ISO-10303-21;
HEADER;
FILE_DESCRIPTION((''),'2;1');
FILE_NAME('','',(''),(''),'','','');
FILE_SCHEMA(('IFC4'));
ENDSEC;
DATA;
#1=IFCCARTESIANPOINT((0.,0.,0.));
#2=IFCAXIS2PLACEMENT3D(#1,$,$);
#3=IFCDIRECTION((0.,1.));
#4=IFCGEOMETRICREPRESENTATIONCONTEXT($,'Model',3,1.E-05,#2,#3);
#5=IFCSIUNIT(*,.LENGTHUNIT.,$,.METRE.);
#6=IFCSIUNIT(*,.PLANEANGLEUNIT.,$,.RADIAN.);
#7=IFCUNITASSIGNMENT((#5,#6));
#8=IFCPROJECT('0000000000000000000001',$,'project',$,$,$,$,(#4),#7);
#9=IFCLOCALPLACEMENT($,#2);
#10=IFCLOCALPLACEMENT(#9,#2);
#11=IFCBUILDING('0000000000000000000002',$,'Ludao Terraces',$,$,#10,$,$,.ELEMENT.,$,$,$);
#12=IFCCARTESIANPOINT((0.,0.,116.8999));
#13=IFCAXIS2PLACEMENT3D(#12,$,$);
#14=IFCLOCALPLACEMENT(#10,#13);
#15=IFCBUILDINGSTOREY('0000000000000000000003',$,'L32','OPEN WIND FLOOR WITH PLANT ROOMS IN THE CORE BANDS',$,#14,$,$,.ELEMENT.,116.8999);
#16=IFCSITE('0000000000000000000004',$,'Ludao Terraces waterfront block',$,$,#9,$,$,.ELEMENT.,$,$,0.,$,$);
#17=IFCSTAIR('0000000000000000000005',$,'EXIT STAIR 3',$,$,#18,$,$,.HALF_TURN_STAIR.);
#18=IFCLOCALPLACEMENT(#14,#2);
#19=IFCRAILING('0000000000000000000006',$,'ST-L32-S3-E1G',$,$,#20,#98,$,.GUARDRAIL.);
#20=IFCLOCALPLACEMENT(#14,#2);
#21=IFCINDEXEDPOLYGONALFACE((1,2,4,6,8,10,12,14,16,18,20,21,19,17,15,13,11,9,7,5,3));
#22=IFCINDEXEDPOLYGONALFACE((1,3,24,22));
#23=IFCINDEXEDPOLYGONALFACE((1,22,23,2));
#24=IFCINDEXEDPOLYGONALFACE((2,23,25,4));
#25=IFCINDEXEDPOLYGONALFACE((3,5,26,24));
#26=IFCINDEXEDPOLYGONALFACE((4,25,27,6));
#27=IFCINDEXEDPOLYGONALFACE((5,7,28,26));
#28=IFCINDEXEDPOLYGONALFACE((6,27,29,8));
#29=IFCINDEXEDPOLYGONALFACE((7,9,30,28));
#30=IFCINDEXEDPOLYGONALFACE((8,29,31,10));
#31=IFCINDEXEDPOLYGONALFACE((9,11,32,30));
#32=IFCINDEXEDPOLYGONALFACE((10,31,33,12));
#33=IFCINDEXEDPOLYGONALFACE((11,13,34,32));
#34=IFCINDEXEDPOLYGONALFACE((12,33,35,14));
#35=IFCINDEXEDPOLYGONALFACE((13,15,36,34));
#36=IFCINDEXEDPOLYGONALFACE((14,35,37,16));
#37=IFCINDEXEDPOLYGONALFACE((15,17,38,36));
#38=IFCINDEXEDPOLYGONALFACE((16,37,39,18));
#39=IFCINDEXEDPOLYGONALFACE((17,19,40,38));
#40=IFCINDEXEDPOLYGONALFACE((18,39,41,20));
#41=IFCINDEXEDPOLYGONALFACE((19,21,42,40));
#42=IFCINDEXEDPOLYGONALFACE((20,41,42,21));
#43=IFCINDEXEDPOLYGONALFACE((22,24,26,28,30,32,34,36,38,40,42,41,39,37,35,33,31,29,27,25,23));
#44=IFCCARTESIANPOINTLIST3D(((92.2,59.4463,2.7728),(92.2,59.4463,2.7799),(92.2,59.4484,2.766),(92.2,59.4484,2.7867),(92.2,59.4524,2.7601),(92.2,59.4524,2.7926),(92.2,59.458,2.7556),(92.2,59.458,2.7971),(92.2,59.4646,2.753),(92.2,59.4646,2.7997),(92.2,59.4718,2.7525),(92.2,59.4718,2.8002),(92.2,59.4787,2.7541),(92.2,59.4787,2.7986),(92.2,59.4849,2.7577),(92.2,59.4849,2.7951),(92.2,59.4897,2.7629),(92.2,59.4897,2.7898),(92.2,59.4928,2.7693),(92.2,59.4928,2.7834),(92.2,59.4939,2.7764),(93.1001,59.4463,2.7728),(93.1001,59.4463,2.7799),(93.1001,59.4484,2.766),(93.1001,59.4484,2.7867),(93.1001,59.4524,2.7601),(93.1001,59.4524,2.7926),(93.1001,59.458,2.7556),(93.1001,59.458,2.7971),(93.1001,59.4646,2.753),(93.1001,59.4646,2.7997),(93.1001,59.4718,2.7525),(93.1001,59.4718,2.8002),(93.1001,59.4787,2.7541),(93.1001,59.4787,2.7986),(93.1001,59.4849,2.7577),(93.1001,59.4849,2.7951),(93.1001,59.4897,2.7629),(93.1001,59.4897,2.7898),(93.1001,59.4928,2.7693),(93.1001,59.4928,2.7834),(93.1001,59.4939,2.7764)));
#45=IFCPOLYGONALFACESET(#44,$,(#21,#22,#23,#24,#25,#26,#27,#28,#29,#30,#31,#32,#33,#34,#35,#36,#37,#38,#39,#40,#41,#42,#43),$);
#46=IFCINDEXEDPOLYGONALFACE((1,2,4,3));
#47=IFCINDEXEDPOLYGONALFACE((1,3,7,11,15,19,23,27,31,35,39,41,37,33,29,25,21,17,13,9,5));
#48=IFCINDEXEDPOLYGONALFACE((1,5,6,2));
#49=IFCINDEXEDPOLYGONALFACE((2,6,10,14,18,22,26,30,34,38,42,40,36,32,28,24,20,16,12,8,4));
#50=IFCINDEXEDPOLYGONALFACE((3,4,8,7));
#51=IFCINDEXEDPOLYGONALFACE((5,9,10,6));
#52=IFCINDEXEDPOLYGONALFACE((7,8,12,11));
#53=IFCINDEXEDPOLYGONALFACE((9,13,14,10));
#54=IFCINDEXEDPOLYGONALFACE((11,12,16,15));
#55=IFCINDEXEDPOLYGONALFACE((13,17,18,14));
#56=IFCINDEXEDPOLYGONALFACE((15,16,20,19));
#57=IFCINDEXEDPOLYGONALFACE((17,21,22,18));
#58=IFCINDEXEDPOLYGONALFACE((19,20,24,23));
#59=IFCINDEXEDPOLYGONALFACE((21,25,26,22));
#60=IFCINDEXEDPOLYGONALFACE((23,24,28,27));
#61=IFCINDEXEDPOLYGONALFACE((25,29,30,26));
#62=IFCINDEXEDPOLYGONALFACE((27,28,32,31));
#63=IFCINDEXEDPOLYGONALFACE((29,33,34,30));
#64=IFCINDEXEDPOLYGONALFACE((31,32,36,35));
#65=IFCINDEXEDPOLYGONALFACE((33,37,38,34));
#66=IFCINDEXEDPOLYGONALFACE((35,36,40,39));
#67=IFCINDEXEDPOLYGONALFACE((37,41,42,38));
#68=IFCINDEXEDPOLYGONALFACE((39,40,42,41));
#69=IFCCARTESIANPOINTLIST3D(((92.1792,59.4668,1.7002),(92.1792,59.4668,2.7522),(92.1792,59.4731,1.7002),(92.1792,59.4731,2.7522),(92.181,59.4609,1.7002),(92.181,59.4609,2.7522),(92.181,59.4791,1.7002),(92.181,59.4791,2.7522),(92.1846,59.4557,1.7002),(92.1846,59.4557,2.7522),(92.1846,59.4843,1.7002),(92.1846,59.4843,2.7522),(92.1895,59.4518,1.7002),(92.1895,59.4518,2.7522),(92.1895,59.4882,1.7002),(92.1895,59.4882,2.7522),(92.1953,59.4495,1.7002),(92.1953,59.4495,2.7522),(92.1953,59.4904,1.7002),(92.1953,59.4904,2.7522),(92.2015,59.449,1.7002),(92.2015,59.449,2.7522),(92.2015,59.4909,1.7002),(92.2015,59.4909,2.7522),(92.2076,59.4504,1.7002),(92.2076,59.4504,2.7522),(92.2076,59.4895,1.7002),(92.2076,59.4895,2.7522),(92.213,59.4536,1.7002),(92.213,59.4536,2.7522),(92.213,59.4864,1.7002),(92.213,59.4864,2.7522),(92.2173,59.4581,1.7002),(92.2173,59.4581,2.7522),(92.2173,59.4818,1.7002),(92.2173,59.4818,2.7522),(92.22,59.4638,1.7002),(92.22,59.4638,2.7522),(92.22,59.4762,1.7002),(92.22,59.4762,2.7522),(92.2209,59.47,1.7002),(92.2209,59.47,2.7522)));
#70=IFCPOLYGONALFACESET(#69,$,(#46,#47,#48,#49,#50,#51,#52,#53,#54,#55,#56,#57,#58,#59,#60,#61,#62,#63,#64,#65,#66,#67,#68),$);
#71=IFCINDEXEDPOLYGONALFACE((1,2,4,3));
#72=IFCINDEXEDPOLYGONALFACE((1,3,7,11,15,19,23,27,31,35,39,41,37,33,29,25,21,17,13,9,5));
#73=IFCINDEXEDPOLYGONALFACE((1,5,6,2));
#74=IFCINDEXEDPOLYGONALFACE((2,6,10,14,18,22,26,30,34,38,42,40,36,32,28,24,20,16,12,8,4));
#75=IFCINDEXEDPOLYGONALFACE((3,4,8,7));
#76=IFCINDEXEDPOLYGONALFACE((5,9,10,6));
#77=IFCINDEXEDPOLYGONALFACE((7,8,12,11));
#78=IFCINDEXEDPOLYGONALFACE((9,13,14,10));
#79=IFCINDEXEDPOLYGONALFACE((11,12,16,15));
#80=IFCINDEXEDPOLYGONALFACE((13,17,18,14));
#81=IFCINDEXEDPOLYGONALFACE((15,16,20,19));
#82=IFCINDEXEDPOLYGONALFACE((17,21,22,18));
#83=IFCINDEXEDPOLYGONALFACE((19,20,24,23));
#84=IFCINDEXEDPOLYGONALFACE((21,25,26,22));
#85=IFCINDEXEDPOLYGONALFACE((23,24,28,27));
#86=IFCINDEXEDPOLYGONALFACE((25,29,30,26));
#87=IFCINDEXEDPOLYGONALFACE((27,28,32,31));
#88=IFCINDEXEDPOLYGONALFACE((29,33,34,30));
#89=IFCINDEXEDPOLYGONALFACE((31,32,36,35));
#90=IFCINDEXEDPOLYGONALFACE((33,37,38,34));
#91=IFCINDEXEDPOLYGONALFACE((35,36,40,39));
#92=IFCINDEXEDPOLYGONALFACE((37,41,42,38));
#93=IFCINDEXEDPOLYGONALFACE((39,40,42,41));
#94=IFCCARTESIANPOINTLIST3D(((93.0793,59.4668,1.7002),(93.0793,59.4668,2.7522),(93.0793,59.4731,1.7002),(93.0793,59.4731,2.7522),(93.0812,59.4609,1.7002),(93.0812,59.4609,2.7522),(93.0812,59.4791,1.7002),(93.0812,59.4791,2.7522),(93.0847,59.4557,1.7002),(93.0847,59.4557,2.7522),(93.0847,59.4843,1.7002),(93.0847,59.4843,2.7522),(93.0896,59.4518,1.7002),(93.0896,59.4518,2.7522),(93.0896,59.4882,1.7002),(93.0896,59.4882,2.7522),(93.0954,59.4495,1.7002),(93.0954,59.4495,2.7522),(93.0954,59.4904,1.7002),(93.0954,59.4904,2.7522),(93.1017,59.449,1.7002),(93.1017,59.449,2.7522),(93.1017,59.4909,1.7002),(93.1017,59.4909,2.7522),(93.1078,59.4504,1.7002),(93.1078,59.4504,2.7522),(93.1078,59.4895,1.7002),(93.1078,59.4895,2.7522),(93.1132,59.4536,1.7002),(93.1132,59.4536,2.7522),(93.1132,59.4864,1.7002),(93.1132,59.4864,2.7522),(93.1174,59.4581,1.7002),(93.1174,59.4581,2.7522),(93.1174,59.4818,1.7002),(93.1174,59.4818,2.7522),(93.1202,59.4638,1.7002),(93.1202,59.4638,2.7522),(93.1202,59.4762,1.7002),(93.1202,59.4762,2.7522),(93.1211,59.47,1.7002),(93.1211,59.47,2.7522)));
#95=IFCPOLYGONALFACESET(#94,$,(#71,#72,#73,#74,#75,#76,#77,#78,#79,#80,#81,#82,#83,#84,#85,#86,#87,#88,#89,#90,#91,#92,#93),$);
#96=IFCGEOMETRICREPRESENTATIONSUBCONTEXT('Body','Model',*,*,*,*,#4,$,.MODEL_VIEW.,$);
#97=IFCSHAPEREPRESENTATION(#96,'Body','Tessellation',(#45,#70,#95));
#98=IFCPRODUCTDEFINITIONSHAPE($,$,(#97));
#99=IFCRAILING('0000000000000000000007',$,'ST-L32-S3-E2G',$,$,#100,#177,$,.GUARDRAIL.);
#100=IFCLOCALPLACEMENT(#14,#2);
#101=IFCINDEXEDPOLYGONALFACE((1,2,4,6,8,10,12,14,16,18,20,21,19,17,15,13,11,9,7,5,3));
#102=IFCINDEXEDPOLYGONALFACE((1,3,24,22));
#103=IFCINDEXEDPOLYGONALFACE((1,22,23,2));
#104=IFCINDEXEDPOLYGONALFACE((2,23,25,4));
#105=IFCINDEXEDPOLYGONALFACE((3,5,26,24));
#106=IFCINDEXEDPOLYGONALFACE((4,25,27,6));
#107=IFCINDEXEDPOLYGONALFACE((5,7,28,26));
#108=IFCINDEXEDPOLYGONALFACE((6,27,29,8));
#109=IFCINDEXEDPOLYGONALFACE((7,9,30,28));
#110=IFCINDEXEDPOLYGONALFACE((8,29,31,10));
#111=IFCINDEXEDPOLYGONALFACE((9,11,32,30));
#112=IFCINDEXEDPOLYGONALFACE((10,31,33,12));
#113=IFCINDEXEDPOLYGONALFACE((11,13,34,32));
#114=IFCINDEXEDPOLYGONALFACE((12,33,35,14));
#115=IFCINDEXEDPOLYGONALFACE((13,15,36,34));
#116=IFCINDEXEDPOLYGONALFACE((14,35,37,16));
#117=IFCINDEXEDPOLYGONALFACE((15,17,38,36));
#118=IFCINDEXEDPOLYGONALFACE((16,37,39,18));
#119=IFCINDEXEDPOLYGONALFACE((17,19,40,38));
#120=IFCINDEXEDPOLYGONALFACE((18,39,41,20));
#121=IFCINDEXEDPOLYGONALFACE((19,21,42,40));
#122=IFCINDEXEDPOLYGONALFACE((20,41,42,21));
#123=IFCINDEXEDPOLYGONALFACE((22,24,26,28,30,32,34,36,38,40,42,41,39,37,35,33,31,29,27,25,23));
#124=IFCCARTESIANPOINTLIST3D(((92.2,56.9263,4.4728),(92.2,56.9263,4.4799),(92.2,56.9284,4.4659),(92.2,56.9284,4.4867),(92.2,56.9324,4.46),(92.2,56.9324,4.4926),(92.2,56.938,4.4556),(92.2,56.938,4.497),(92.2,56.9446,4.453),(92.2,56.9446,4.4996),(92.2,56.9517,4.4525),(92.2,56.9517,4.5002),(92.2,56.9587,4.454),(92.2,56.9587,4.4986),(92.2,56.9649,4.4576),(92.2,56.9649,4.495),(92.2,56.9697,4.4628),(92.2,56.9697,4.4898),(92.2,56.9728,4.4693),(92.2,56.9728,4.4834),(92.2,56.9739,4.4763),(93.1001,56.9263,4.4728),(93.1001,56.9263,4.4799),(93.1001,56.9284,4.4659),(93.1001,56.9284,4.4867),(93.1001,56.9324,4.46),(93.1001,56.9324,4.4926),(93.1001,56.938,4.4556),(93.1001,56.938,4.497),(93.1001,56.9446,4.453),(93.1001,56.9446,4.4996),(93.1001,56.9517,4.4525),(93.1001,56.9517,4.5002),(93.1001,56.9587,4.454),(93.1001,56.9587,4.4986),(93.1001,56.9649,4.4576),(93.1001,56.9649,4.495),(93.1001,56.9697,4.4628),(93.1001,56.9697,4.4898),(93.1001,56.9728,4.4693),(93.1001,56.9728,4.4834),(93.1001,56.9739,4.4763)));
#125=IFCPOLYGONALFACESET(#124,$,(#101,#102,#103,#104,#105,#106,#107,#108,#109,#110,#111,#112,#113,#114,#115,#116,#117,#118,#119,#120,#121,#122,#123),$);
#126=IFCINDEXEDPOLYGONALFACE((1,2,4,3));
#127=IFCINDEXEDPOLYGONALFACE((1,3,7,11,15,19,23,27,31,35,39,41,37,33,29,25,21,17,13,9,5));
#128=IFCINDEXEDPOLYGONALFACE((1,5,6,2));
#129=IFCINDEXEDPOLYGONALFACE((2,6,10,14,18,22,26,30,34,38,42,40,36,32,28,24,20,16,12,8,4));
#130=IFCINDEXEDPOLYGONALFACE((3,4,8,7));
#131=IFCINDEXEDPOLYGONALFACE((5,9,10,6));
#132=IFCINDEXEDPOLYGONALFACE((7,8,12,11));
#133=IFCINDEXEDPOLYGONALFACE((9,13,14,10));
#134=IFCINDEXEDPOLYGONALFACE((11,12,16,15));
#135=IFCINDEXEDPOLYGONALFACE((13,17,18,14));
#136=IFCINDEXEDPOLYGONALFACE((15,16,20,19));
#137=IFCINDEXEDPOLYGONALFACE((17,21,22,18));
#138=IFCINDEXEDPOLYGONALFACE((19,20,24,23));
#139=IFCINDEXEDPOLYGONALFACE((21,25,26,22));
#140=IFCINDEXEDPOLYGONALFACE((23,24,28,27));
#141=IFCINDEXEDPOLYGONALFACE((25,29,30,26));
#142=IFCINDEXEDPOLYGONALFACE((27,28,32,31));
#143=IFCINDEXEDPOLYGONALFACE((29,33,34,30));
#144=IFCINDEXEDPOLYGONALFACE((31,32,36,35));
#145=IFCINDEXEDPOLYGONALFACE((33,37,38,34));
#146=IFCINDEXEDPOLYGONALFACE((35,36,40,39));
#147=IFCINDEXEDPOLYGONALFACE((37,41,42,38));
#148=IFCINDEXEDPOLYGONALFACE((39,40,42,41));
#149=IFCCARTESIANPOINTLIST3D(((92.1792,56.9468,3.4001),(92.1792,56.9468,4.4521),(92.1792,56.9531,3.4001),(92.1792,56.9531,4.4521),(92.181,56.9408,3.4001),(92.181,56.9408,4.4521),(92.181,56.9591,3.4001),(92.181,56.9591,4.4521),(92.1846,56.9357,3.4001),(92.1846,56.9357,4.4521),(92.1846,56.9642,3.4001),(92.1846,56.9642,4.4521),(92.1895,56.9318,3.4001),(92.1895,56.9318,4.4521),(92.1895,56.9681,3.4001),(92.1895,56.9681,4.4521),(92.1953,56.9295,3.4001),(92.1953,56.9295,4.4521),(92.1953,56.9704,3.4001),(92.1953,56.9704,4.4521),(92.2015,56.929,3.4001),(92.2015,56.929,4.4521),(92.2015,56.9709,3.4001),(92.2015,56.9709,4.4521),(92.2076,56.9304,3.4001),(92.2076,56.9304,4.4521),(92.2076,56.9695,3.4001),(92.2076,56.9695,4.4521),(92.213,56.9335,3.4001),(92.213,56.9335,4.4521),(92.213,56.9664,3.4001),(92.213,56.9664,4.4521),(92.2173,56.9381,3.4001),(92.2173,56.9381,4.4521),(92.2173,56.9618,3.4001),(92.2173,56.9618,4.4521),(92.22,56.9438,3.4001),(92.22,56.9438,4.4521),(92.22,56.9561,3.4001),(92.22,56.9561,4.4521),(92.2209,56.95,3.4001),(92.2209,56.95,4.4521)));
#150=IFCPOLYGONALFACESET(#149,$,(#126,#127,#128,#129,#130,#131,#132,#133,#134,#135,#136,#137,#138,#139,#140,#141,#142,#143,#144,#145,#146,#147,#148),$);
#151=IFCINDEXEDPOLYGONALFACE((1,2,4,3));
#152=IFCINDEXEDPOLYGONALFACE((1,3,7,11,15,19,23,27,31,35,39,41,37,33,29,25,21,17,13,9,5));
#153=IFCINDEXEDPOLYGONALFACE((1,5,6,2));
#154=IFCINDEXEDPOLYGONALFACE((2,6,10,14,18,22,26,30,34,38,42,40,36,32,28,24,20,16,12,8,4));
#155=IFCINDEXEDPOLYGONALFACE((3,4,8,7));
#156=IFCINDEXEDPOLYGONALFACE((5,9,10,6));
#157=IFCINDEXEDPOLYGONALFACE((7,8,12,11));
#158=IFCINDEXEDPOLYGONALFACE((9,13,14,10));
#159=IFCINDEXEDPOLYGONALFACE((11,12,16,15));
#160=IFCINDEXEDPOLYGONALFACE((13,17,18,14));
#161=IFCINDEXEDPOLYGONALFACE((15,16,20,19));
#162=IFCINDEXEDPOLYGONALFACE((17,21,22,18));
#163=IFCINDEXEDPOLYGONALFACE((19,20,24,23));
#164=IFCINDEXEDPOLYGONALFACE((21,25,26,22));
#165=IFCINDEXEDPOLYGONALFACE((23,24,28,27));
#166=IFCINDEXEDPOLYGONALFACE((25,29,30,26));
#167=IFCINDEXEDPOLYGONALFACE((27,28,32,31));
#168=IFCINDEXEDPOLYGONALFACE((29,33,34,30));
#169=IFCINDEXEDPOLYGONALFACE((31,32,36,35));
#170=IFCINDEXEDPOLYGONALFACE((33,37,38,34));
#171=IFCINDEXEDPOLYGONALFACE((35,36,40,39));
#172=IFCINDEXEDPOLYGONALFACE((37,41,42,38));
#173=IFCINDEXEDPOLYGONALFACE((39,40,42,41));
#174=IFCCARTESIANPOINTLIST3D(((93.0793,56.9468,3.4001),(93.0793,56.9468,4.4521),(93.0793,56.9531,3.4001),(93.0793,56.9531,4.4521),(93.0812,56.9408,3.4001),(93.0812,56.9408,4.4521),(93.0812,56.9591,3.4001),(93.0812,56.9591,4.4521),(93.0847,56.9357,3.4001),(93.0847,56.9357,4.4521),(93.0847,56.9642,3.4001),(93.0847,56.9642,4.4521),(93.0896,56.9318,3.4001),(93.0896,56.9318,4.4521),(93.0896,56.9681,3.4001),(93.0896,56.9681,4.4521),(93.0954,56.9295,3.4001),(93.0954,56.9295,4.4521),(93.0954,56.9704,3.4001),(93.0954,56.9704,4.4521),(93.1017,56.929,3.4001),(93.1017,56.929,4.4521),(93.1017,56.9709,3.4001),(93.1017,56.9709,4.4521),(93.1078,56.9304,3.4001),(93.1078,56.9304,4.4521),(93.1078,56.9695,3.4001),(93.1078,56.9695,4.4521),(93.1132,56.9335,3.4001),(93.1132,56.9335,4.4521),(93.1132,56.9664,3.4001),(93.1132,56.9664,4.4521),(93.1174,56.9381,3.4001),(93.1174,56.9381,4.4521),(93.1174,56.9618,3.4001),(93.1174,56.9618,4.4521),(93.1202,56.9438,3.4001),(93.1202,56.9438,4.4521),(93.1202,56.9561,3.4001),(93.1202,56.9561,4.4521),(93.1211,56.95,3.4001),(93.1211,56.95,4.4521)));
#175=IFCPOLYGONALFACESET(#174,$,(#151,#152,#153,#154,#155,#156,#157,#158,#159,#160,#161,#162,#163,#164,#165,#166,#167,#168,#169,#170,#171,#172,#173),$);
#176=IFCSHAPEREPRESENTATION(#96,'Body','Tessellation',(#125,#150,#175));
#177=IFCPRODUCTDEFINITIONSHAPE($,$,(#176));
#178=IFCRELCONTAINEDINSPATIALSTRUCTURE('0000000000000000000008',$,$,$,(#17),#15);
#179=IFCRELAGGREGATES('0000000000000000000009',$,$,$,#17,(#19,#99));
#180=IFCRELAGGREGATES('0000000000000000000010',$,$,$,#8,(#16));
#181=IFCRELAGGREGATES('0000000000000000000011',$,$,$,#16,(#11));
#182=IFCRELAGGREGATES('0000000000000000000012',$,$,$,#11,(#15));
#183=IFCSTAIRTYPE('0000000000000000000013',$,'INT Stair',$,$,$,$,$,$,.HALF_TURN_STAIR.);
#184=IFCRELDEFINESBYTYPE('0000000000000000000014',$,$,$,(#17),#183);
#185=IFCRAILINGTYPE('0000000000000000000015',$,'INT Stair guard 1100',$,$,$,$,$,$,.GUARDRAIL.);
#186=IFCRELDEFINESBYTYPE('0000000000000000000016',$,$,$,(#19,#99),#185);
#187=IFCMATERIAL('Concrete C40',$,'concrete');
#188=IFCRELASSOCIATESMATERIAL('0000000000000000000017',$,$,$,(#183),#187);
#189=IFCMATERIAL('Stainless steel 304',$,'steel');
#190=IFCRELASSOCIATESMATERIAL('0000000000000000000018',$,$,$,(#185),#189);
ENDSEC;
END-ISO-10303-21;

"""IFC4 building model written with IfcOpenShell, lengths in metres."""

from ifc_helpers import new_model, si_unit, direction, frame, origin, origin_2d, place, context, subcontext, project, spatial, circle, extrude, material, type_object, element, aggregate, save


model = new_model("IFC4")

# Units and contexts
model_context = context("Model", 3, precision=1e-05, world=origin(), true_north=direction((0.0, 1.0)))
body_context = subcontext(model_context, "Body", "Model", "MODEL_VIEW")
ifc_project = project(units=[si_unit("LENGTHUNIT", "METRE"), si_unit("PLANEANGLEUNIT", "RADIAN")], contexts=[model_context])

# Site, building, storey
site_placement = place(None, origin())
site = spatial("IfcSite", under=ifc_project, at=site_placement, Name="Ludao Terraces waterfront block", CompositionType="ELEMENT", RefElevation=0.0)
building_placement = place(site_placement, origin())
building = spatial("IfcBuilding", under=site, at=building_placement, Name="Ludao Terraces", CompositionType="ELEMENT")
storey_placement = place(building_placement, frame((0.0, 0.0, 116.8999)))
storey = spatial("IfcBuildingStorey", under=building, at=storey_placement, Name="L32", Description="OPEN WIND FLOOR WITH PLANT ROOMS IN THE CORE BANDS", CompositionType="ELEMENT", Elevation=116.8999)

# Stair, railings
ifc_material_1 = material(Name="Concrete C40", Category="concrete")
stair_type = type_object("IfcStairType", Name="INT Stair", PredefinedType="HALF_TURN_STAIR", material=ifc_material_1)
stair_placement = place(storey_placement, origin())
stair = element("IfcStair", 1, at=stair_placement, inside=storey, type_object=stair_type, Name="EXIT STAIR 3", PredefinedType="HALF_TURN_STAIR")
ifc_material_2 = material(Name="Stainless steel 304", Category="steel")
railing_type_1 = type_object("IfcRailingType", Name="INT Stair guard 1100", PredefinedType="GUARDRAIL", material=ifc_material_2)
railing_1_placement = place(storey_placement, frame((92.2, 59.47, 1.7002)))
railing_1 = element("IfcRailing", 2, at=railing_1_placement, type_object=railing_type_1, Name="ST-L32-S3-E1G", PredefinedType="GUARDRAIL", context=body_context, shape_type="SweptSolid", body=[
    extrude(circle(Radius=0.0239, at=origin_2d()), frame((0.0, 0.0, 1.0762), z_axis=(1.0, 0.0, 0.0), x_axis=(0.0, 1.0, 0.0)), (0.0, 0.0, 1.0), 0.9001),
    extrude(circle(Radius=0.021, at=origin_2d()), origin(), (0.0, 0.0, 1.0), 1.052),
    extrude(circle(Radius=0.021, at=origin_2d()), frame((0.9001, 0.0, 0.0)), (0.0, 0.0, 1.0), 1.052),
])
railing_2_placement = place(storey_placement, frame((92.2, 56.95, 3.4001)))
railing_2 = element("IfcRailing", 3, at=railing_2_placement, type_object=railing_type_1, Name="ST-L32-S3-E2G", PredefinedType="GUARDRAIL", context=body_context, shape_type="SweptSolid", body=[
    extrude(circle(Radius=0.0239, at=origin_2d()), frame((0.0, 0.0, 1.0762), z_axis=(1.0, 0.0, 0.0), x_axis=(0.0, 1.0, 0.0)), (0.0, 0.0, 1.0), 0.9001),
    extrude(circle(Radius=0.021, at=origin_2d()), origin(), (0.0, 0.0, 1.0), 1.052),
    extrude(circle(Radius=0.021, at=origin_2d()), frame((0.9001, 0.0, 0.0)), (0.0, 0.0, 1.0), 1.052),
])
aggregate(stair, [railing_1, railing_2])

save(model, "model.ifc")
